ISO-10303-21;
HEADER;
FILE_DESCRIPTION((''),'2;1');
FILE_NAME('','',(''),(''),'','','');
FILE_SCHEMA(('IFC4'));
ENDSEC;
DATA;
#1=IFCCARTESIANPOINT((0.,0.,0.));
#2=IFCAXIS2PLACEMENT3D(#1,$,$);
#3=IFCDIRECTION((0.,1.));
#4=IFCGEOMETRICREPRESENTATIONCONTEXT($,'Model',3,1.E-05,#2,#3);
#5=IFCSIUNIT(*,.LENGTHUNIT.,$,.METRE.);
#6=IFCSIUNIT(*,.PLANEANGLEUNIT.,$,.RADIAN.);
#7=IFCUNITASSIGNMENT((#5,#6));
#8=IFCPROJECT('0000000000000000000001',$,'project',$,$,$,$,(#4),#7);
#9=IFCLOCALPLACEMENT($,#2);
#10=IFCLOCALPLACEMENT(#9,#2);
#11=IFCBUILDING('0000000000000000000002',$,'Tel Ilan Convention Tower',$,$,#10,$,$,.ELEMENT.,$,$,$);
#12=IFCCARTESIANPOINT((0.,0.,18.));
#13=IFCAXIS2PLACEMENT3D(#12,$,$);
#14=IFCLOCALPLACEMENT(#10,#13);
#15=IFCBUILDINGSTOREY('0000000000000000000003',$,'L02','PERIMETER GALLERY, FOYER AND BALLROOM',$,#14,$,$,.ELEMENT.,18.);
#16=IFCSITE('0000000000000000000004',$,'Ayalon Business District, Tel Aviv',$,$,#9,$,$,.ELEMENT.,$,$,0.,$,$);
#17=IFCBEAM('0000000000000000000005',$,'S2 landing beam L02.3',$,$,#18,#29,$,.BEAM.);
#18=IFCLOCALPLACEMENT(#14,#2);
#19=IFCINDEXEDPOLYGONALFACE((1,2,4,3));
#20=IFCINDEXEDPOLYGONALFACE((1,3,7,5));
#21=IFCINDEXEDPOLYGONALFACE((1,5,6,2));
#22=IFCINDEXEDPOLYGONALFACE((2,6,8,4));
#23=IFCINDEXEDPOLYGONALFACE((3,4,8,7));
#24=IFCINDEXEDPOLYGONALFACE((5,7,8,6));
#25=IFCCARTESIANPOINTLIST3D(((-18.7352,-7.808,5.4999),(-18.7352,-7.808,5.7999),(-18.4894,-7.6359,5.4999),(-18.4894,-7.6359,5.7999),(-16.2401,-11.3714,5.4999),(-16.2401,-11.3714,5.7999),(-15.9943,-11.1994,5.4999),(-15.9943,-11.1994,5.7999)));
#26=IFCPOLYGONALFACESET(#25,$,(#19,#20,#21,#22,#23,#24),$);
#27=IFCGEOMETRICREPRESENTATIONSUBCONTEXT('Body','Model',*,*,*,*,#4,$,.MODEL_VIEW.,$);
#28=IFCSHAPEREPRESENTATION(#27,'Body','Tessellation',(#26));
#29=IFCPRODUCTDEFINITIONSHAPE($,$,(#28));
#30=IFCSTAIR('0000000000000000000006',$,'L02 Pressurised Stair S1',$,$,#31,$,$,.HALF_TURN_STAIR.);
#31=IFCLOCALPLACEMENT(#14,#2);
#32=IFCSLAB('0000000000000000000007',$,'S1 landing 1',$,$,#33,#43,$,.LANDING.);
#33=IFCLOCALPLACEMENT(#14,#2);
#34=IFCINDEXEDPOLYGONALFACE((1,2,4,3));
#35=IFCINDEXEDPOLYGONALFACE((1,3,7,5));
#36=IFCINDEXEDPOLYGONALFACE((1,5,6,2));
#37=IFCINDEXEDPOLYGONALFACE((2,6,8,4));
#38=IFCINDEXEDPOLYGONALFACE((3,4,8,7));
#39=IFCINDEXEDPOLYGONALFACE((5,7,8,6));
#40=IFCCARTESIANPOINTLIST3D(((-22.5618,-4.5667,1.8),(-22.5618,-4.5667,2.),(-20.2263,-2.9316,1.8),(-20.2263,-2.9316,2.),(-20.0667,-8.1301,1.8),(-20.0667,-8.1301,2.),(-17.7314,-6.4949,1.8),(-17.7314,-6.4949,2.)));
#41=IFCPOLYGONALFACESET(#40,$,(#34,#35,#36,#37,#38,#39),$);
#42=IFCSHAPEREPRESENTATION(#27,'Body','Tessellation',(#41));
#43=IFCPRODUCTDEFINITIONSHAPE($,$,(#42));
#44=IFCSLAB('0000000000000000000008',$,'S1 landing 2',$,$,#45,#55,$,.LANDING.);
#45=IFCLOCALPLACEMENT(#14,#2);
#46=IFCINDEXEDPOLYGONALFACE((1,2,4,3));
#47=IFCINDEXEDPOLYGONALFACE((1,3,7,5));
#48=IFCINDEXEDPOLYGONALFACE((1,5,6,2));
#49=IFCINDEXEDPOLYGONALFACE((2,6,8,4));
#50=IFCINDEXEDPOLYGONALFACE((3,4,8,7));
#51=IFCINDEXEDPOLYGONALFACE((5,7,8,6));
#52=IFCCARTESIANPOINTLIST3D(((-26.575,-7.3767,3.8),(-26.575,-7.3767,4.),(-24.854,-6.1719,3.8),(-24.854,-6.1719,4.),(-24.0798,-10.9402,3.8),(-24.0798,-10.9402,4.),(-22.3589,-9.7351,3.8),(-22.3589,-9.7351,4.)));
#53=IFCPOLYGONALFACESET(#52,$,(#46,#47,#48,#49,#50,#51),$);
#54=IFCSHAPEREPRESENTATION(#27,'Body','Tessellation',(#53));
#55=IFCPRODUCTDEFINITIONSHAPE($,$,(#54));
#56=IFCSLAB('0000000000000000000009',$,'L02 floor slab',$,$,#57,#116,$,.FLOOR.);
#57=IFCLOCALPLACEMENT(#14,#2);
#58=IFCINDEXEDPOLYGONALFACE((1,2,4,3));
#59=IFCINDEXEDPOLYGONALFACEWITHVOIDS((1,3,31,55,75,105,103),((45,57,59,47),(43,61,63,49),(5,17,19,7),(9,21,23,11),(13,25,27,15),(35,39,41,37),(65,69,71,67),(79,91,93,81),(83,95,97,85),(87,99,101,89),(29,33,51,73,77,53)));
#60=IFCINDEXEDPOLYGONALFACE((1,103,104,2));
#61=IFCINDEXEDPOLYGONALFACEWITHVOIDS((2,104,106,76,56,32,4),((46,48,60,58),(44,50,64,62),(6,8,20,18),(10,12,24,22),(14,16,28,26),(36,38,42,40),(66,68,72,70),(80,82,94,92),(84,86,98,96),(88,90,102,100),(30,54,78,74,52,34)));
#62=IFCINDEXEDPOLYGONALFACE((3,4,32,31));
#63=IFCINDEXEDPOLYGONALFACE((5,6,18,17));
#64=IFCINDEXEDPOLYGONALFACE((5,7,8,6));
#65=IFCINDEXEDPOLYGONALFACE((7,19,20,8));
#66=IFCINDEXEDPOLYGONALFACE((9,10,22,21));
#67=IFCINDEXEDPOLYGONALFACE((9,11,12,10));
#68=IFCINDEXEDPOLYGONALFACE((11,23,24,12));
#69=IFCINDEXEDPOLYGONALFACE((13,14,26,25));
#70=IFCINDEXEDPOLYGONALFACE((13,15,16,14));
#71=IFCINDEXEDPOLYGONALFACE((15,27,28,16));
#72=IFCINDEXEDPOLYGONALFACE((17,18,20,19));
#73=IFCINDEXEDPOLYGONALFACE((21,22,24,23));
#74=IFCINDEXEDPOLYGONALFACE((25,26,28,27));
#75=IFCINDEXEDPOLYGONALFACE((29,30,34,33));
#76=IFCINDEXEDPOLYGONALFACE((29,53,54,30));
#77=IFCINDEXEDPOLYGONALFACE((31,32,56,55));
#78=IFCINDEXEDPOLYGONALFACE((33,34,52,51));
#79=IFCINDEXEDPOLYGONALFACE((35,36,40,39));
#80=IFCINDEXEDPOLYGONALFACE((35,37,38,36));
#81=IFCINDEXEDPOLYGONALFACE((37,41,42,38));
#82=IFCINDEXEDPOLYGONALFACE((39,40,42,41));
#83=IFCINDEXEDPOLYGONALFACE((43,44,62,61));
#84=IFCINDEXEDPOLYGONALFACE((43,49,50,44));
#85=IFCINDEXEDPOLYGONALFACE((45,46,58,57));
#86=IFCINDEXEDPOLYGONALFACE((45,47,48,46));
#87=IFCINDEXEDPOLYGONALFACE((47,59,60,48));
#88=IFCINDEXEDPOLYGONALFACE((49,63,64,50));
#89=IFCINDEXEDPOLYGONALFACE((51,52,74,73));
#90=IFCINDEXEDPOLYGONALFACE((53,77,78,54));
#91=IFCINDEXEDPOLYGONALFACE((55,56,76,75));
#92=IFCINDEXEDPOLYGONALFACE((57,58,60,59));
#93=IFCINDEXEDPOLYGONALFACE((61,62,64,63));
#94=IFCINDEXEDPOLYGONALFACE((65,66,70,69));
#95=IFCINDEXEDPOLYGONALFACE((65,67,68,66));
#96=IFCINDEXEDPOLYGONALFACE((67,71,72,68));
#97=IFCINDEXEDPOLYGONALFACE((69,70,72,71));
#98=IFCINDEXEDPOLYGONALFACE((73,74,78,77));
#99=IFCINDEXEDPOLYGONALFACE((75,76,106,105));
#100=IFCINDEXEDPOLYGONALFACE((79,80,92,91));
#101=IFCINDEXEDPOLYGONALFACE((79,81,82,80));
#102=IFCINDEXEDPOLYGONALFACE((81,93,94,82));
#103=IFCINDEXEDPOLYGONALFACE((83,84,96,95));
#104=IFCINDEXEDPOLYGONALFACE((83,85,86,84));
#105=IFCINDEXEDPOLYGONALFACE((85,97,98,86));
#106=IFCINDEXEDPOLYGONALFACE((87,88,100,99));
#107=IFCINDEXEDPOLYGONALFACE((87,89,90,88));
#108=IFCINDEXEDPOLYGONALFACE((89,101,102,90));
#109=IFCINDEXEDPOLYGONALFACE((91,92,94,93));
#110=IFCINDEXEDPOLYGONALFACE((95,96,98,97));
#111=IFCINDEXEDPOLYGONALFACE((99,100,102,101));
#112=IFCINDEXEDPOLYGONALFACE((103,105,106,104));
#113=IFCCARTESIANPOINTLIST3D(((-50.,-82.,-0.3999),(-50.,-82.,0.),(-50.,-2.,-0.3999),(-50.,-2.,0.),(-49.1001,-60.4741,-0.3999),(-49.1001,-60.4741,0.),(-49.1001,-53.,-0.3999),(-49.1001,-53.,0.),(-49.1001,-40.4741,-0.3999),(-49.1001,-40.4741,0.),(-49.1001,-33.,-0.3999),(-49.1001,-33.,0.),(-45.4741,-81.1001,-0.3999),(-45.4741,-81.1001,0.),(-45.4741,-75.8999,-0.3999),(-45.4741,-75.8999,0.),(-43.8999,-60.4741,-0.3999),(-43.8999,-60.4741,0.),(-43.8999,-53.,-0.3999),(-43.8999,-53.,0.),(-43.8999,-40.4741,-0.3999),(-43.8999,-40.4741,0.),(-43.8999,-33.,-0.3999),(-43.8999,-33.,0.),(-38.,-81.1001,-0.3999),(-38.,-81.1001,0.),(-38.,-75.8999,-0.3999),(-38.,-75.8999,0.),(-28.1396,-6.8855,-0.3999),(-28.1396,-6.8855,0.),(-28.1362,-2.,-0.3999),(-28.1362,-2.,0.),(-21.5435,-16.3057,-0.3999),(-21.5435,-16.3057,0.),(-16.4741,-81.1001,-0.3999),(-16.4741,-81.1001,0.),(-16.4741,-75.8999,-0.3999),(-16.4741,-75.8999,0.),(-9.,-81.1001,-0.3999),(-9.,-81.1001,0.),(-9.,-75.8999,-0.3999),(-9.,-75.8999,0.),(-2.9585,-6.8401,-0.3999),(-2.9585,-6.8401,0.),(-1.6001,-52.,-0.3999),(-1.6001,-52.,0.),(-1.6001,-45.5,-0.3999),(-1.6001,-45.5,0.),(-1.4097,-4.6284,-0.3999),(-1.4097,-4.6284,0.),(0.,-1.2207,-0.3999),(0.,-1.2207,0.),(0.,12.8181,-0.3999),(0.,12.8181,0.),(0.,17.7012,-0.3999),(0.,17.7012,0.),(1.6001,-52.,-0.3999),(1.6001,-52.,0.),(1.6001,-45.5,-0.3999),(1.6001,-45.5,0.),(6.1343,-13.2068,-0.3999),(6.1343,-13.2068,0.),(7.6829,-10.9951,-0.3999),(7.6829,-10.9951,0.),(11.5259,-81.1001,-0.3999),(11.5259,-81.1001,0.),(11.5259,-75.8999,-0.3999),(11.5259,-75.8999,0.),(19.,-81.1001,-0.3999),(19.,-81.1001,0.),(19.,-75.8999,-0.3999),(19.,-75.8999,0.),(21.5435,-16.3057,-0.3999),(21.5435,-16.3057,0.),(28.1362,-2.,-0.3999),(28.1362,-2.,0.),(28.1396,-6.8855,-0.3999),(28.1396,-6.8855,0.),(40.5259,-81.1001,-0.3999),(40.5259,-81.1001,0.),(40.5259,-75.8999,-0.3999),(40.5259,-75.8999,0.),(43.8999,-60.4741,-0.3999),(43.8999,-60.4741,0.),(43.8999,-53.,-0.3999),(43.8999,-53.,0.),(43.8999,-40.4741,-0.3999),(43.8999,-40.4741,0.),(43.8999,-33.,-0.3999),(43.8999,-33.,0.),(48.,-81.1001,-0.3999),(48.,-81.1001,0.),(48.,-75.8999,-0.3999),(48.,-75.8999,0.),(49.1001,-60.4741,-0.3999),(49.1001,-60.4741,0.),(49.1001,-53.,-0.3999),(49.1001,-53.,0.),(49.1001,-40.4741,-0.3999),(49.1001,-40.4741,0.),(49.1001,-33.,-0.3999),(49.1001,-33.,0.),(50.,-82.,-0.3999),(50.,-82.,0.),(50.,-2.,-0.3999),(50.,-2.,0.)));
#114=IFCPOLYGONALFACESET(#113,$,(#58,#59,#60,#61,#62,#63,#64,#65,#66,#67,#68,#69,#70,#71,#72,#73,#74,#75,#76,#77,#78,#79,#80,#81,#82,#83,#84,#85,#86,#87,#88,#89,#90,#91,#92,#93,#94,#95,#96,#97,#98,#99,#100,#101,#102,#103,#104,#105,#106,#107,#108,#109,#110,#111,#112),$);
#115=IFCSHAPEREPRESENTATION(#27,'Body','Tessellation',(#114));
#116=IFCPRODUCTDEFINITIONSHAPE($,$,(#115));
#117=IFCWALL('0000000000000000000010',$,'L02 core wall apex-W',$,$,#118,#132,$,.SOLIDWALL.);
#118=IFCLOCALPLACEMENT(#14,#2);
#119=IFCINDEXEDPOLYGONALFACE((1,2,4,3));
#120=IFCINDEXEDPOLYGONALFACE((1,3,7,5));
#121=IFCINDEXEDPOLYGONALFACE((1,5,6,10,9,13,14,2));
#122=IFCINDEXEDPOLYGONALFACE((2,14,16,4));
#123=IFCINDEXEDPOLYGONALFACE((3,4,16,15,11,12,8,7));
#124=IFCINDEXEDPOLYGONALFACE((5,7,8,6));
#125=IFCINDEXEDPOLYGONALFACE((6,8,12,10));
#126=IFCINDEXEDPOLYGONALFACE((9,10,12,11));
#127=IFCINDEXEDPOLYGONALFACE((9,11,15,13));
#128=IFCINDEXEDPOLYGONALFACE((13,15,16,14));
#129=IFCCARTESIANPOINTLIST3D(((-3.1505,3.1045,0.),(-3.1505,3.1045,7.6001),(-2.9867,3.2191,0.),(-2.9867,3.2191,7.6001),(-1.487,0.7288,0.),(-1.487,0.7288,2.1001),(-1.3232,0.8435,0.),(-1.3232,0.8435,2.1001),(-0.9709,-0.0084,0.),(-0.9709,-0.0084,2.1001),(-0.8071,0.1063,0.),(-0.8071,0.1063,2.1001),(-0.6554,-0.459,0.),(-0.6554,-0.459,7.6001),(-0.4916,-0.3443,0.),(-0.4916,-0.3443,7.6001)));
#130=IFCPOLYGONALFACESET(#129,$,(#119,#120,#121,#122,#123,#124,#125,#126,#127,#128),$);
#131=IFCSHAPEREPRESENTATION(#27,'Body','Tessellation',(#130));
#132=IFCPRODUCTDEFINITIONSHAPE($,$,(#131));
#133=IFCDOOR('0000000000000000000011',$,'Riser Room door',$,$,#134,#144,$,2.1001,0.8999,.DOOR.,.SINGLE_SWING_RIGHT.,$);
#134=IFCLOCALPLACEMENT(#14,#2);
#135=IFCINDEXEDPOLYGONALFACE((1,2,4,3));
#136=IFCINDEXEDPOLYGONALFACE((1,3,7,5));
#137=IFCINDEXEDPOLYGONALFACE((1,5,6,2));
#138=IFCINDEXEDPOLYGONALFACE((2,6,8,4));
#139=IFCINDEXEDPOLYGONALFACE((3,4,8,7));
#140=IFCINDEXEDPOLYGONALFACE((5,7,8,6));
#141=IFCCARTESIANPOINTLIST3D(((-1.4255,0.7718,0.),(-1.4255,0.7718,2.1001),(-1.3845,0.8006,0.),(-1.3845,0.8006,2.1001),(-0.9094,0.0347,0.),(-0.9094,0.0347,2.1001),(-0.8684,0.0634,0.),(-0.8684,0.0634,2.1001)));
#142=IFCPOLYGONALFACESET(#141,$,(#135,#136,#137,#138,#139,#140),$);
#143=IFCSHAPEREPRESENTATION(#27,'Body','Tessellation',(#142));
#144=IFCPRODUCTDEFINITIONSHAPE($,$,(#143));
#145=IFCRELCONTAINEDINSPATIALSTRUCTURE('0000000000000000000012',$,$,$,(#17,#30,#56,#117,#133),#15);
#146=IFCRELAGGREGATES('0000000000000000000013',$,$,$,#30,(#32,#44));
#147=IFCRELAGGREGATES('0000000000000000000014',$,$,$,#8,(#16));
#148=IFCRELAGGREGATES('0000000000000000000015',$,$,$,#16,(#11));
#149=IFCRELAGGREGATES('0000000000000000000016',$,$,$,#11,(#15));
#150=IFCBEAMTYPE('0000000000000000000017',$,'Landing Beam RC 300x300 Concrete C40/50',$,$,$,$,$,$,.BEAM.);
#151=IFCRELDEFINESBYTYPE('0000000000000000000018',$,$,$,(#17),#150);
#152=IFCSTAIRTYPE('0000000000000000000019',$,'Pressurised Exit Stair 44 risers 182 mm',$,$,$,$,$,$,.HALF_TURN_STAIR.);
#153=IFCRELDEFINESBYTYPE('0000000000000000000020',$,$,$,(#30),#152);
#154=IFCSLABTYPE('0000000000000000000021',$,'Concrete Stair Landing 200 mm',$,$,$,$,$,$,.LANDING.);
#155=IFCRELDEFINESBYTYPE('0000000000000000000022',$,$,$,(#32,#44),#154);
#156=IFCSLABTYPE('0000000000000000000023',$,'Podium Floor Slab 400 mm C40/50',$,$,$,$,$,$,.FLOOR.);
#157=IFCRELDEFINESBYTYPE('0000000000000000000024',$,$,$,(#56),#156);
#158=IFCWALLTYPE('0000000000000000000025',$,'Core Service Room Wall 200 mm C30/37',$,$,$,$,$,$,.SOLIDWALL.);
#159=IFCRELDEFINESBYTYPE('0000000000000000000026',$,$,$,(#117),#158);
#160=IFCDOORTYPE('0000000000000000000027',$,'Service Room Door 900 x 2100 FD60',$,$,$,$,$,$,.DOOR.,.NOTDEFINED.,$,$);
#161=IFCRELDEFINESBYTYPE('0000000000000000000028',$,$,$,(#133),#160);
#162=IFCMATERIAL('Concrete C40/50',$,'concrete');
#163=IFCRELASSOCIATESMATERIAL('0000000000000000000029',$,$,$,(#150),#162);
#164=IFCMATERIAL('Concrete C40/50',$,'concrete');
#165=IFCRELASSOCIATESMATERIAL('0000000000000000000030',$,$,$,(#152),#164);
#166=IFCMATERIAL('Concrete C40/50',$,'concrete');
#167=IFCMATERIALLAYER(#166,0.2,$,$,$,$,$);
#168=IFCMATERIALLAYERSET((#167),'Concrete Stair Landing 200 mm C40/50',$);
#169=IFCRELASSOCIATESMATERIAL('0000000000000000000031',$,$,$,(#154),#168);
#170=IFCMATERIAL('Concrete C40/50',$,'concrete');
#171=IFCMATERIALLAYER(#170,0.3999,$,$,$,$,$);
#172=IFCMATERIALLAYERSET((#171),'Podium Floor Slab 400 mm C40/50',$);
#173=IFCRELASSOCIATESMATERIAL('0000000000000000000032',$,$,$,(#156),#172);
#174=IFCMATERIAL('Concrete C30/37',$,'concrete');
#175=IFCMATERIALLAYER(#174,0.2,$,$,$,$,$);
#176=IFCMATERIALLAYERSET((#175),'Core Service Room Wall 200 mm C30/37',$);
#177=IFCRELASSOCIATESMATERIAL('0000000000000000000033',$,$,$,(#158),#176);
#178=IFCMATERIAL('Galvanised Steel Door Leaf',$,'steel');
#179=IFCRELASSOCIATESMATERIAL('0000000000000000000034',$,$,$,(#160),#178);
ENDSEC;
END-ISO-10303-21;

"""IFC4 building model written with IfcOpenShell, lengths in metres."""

from ifc_helpers import new_model, si_unit, direction, frame, frame_2d, origin, origin_2d, place, context, subcontext, project, spatial, polyline, rectangle, outline, extrude, material, layer, layer_set, material_profile, profile_set, type_object, element, fill, aggregate, save


model = new_model("IFC4")

# Units and contexts
model_context = context("Model", 3, precision=1e-05, world=origin(), true_north=direction((0.0, 1.0)))
body_context = subcontext(model_context, "Body", "Model", "MODEL_VIEW")
ifc_project = project(units=[si_unit("LENGTHUNIT", "METRE"), si_unit("PLANEANGLEUNIT", "RADIAN")], contexts=[model_context])

# Site, building, storey
site_placement = place(None, origin())
site = spatial("IfcSite", under=ifc_project, at=site_placement, Name="Ayalon Business District, Tel Aviv", CompositionType="ELEMENT", RefElevation=0.0)
building_placement = place(site_placement, origin())
building = spatial("IfcBuilding", under=site, at=building_placement, Name="Tel Ilan Convention Tower", CompositionType="ELEMENT")
storey_placement = place(building_placement, frame((0.0, 0.0, 18.0)))
storey = spatial("IfcBuildingStorey", under=building, at=storey_placement, Name="L02", Description="PERIMETER GALLERY, FOYER AND BALLROOM", CompositionType="ELEMENT", Elevation=18.0)

# Beam
ifc_material_1 = material(Name="Concrete C40/50", Category="concrete")
ifc_material_profile = material_profile(ifc_material_1, rectangle(XDim=0.3, YDim=0.3, at=origin_2d()), Name="RC 300x300")
ifc_profile_set = profile_set([ifc_material_profile], Name="Concrete C40/50")
beam_type = type_object("IfcBeamType", Name="Landing Beam RC 300x300 Concrete C40/50", PredefinedType="BEAM", material=ifc_profile_set)
beam_placement = place(storey_placement, frame((-16.1172, -11.2854, 5.6499), z_axis=(-0.573568, 0.819158, 0.0), x_axis=(-0.819158, -0.573568, 0.0)))
element("IfcBeam", 1, at=beam_placement, inside=storey, type_object=beam_type, Name="S2 landing beam L02.3", PredefinedType="BEAM", context=body_context, shape_type="SweptSolid", body=[
    extrude(rectangle(XDim=0.3, YDim=0.3, at=origin_2d()), origin(), (0.0, 0.0, 1.0), 4.3501),
])

# Stair, slabs
ifc_material_2 = material(Name="Concrete C40/50", Category="concrete")
stair_type = type_object("IfcStairType", Name="Pressurised Exit Stair 44 risers 182 mm", PredefinedType="HALF_TURN_STAIR", material=ifc_material_2)
stair_placement = place(storey_placement, origin())
stair = element("IfcStair", 2, at=stair_placement, inside=storey, type_object=stair_type, Name="L02 Pressurised Stair S1", PredefinedType="HALF_TURN_STAIR")
ifc_material_3 = material(Name="Concrete C40/50", Category="concrete")
ifc_layer_1 = layer(ifc_material_3, 0.2)
ifc_layer_set_1 = layer_set([ifc_layer_1], Name="Concrete Stair Landing 200 mm C40/50")
slab_type_1 = type_object("IfcSlabType", Name="Concrete Stair Landing 200 mm", PredefinedType="LANDING", material=ifc_layer_set_1)
slab_1_placement = place(storey_placement, frame((0.0, 0.0, 1.8)))
slab_1 = element("IfcSlab", 3, at=slab_1_placement, type_object=slab_type_1, Name="S1 landing 1", PredefinedType="LANDING", context=body_context, shape_type="SweptSolid", body=[
    extrude(outline(polyline([(-20.0667, -8.1301), (-17.7314, -6.4949), (-20.2263, -2.9316), (-22.5618, -4.5667), (-20.0667, -8.1301)])), origin(), (0.0, 0.0, 1.0), 0.2),
])
slab_2_placement = place(storey_placement, frame((0.0, 0.0, 3.8)))
slab_2 = element("IfcSlab", 4, at=slab_2_placement, type_object=slab_type_1, Name="S1 landing 2", PredefinedType="LANDING", context=body_context, shape_type="SweptSolid", body=[
    extrude(outline(polyline([(-24.0798, -10.9402), (-22.3589, -9.7351), (-24.854, -6.1719), (-26.575, -7.3767), (-24.0798, -10.9402)])), origin(), (0.0, 0.0, 1.0), 0.2),
])
aggregate(stair, [slab_1, slab_2])

# Slab
ifc_material_4 = material(Name="Concrete C40/50", Category="concrete")
ifc_layer_2 = layer(ifc_material_4, 0.3999)
ifc_layer_set_2 = layer_set([ifc_layer_2], Name="Podium Floor Slab 400 mm C40/50")
slab_type_2 = type_object("IfcSlabType", Name="Podium Floor Slab 400 mm C40/50", PredefinedType="FLOOR", material=ifc_layer_set_2)
slab_3_placement = place(storey_placement, frame((0.0, 0.0, -0.3999)))
element("IfcSlab", 5, at=slab_3_placement, inside=storey, type_object=slab_type_2, Name="L02 floor slab", PredefinedType="FLOOR", context=body_context, shape_type="SweptSolid", body=[
    extrude(outline(polyline([(-50.0, -2.0), (-28.1362, -2.0), (0.0, 17.7012), (28.1362, -2.0), (50.0, -2.0), (50.0, -82.0), (-50.0, -82.0), (-50.0, -2.0)]), holes=[polyline([(43.8999, -53.0), (43.8999, -60.4741), (49.1001, -60.4741), (49.1001, -53.0), (43.8999, -53.0)]), polyline([(49.1001, -33.0), (43.8999, -33.0), (43.8999, -40.4741), (49.1001, -40.4741), (49.1001, -33.0)]), polyline([(48.0, -75.8999), (40.5259, -75.8999), (40.5259, -81.1001), (48.0, -81.1001), (48.0, -75.8999)]), polyline([(21.5435, -16.3057), (28.1396, -6.8855), (0.0, 12.8181), (-28.1396, -6.8855), (-21.5435, -16.3057), (0.0, -1.2207), (21.5435, -16.3057)]), polyline([(11.5259, -75.8999), (11.5259, -81.1001), (19.0, -81.1001), (19.0, -75.8999), (11.5259, -75.8999)]), polyline([(6.1343, -13.2068), (7.6829, -10.9951), (-1.4097, -4.6284), (-2.9585, -6.8401), (6.1343, -13.2068)]), polyline([(-1.6001, -45.5), (-1.6001, -52.0), (1.6001, -52.0), (1.6001, -45.5), (-1.6001, -45.5)]), polyline([(-16.4741, -75.8999), (-16.4741, -81.1001), (-9.0, -81.1001), (-9.0, -75.8999), (-16.4741, -75.8999)]), polyline([(-45.4741, -75.8999), (-45.4741, -81.1001), (-38.0, -81.1001), (-38.0, -75.8999), (-45.4741, -75.8999)]), polyline([(-49.1001, -33.0), (-49.1001, -40.4741), (-43.8999, -40.4741), (-43.8999, -33.0), (-49.1001, -33.0)]), polyline([(-43.8999, -53.0), (-49.1001, -53.0), (-49.1001, -60.4741), (-43.8999, -60.4741), (-43.8999, -53.0)])]), origin(), (0.0, 0.0, 1.0), 0.3999),
])

# Wall, opening, door
ifc_material_5 = material(Name="Concrete C30/37", Category="concrete")
ifc_layer_3 = layer(ifc_material_5, 0.2)
ifc_layer_set_3 = layer_set([ifc_layer_3], Name="Core Service Room Wall 200 mm C30/37")
wall_type_1 = type_object("IfcWallType", Name="Core Service Room Wall 200 mm C30/37", PredefinedType="SOLIDWALL", material=ifc_layer_set_3)
wall_1_placement = place(storey_placement, frame((-0.5735, -0.4016, 0.0), z_axis=(0.0, 0.0, 1.0), x_axis=(-0.573568, 0.819158, 0.0)))
wall_1 = element("IfcWall", 6, at=wall_1_placement, inside=storey, type_object=wall_type_1, Name="L02 core wall apex-W", PredefinedType="SOLIDWALL", context=body_context, shape_type="SweptSolid", body=[
    extrude(rectangle(XDim=4.3501, YDim=0.2, at=frame_2d((2.175, 0.0))), origin(), (0.0, 0.0, 1.0), 7.6001),
])
opening_1_placement = place(wall_1_placement, frame((0.55, 0.0, 0.0)))
opening_1 = element("IfcOpeningElement", 7, at=opening_1_placement, cuts=wall_1, PredefinedType="OPENING", context=body_context, shape_type="SweptSolid", body=[
    extrude(rectangle(XDim=0.8999, YDim=2.1001, at=frame_2d((0.45, 1.05))), frame((0.0, 0.1099, 0.0), z_axis=(0.0, -1.0, 0.0), x_axis=(1.0, 0.0, 0.0)), (0.0, 0.0, 1.0), 0.22),
])
ifc_material_6 = material(Name="Galvanised Steel Door Leaf", Category="steel")
door_type_1 = type_object("IfcDoorType", Name="Service Room Door 900 x 2100 FD60", OperationType="NOTDEFINED", PredefinedType="DOOR", material=ifc_material_6)
door_1_placement = place(opening_1_placement, origin())
door_1 = element("IfcDoor", 8, at=door_1_placement, inside=storey, type_object=door_type_1, Name="Riser Room door", OperationType="SINGLE_SWING_RIGHT", OverallHeight=2.1001, OverallWidth=0.8999, PredefinedType="DOOR", context=body_context, shape_type="SweptSolid", body=[
    extrude(rectangle(XDim=0.8999, YDim=2.1001, at=frame_2d((0.45, 1.05))), frame((0.0, 0.0249, 0.0), z_axis=(0.0, -1.0, 0.0), x_axis=(1.0, 0.0, 0.0)), (0.0, 0.0, 1.0), 0.05),
])
fill(opening_1, door_1)

save(model, "model.ifc")
